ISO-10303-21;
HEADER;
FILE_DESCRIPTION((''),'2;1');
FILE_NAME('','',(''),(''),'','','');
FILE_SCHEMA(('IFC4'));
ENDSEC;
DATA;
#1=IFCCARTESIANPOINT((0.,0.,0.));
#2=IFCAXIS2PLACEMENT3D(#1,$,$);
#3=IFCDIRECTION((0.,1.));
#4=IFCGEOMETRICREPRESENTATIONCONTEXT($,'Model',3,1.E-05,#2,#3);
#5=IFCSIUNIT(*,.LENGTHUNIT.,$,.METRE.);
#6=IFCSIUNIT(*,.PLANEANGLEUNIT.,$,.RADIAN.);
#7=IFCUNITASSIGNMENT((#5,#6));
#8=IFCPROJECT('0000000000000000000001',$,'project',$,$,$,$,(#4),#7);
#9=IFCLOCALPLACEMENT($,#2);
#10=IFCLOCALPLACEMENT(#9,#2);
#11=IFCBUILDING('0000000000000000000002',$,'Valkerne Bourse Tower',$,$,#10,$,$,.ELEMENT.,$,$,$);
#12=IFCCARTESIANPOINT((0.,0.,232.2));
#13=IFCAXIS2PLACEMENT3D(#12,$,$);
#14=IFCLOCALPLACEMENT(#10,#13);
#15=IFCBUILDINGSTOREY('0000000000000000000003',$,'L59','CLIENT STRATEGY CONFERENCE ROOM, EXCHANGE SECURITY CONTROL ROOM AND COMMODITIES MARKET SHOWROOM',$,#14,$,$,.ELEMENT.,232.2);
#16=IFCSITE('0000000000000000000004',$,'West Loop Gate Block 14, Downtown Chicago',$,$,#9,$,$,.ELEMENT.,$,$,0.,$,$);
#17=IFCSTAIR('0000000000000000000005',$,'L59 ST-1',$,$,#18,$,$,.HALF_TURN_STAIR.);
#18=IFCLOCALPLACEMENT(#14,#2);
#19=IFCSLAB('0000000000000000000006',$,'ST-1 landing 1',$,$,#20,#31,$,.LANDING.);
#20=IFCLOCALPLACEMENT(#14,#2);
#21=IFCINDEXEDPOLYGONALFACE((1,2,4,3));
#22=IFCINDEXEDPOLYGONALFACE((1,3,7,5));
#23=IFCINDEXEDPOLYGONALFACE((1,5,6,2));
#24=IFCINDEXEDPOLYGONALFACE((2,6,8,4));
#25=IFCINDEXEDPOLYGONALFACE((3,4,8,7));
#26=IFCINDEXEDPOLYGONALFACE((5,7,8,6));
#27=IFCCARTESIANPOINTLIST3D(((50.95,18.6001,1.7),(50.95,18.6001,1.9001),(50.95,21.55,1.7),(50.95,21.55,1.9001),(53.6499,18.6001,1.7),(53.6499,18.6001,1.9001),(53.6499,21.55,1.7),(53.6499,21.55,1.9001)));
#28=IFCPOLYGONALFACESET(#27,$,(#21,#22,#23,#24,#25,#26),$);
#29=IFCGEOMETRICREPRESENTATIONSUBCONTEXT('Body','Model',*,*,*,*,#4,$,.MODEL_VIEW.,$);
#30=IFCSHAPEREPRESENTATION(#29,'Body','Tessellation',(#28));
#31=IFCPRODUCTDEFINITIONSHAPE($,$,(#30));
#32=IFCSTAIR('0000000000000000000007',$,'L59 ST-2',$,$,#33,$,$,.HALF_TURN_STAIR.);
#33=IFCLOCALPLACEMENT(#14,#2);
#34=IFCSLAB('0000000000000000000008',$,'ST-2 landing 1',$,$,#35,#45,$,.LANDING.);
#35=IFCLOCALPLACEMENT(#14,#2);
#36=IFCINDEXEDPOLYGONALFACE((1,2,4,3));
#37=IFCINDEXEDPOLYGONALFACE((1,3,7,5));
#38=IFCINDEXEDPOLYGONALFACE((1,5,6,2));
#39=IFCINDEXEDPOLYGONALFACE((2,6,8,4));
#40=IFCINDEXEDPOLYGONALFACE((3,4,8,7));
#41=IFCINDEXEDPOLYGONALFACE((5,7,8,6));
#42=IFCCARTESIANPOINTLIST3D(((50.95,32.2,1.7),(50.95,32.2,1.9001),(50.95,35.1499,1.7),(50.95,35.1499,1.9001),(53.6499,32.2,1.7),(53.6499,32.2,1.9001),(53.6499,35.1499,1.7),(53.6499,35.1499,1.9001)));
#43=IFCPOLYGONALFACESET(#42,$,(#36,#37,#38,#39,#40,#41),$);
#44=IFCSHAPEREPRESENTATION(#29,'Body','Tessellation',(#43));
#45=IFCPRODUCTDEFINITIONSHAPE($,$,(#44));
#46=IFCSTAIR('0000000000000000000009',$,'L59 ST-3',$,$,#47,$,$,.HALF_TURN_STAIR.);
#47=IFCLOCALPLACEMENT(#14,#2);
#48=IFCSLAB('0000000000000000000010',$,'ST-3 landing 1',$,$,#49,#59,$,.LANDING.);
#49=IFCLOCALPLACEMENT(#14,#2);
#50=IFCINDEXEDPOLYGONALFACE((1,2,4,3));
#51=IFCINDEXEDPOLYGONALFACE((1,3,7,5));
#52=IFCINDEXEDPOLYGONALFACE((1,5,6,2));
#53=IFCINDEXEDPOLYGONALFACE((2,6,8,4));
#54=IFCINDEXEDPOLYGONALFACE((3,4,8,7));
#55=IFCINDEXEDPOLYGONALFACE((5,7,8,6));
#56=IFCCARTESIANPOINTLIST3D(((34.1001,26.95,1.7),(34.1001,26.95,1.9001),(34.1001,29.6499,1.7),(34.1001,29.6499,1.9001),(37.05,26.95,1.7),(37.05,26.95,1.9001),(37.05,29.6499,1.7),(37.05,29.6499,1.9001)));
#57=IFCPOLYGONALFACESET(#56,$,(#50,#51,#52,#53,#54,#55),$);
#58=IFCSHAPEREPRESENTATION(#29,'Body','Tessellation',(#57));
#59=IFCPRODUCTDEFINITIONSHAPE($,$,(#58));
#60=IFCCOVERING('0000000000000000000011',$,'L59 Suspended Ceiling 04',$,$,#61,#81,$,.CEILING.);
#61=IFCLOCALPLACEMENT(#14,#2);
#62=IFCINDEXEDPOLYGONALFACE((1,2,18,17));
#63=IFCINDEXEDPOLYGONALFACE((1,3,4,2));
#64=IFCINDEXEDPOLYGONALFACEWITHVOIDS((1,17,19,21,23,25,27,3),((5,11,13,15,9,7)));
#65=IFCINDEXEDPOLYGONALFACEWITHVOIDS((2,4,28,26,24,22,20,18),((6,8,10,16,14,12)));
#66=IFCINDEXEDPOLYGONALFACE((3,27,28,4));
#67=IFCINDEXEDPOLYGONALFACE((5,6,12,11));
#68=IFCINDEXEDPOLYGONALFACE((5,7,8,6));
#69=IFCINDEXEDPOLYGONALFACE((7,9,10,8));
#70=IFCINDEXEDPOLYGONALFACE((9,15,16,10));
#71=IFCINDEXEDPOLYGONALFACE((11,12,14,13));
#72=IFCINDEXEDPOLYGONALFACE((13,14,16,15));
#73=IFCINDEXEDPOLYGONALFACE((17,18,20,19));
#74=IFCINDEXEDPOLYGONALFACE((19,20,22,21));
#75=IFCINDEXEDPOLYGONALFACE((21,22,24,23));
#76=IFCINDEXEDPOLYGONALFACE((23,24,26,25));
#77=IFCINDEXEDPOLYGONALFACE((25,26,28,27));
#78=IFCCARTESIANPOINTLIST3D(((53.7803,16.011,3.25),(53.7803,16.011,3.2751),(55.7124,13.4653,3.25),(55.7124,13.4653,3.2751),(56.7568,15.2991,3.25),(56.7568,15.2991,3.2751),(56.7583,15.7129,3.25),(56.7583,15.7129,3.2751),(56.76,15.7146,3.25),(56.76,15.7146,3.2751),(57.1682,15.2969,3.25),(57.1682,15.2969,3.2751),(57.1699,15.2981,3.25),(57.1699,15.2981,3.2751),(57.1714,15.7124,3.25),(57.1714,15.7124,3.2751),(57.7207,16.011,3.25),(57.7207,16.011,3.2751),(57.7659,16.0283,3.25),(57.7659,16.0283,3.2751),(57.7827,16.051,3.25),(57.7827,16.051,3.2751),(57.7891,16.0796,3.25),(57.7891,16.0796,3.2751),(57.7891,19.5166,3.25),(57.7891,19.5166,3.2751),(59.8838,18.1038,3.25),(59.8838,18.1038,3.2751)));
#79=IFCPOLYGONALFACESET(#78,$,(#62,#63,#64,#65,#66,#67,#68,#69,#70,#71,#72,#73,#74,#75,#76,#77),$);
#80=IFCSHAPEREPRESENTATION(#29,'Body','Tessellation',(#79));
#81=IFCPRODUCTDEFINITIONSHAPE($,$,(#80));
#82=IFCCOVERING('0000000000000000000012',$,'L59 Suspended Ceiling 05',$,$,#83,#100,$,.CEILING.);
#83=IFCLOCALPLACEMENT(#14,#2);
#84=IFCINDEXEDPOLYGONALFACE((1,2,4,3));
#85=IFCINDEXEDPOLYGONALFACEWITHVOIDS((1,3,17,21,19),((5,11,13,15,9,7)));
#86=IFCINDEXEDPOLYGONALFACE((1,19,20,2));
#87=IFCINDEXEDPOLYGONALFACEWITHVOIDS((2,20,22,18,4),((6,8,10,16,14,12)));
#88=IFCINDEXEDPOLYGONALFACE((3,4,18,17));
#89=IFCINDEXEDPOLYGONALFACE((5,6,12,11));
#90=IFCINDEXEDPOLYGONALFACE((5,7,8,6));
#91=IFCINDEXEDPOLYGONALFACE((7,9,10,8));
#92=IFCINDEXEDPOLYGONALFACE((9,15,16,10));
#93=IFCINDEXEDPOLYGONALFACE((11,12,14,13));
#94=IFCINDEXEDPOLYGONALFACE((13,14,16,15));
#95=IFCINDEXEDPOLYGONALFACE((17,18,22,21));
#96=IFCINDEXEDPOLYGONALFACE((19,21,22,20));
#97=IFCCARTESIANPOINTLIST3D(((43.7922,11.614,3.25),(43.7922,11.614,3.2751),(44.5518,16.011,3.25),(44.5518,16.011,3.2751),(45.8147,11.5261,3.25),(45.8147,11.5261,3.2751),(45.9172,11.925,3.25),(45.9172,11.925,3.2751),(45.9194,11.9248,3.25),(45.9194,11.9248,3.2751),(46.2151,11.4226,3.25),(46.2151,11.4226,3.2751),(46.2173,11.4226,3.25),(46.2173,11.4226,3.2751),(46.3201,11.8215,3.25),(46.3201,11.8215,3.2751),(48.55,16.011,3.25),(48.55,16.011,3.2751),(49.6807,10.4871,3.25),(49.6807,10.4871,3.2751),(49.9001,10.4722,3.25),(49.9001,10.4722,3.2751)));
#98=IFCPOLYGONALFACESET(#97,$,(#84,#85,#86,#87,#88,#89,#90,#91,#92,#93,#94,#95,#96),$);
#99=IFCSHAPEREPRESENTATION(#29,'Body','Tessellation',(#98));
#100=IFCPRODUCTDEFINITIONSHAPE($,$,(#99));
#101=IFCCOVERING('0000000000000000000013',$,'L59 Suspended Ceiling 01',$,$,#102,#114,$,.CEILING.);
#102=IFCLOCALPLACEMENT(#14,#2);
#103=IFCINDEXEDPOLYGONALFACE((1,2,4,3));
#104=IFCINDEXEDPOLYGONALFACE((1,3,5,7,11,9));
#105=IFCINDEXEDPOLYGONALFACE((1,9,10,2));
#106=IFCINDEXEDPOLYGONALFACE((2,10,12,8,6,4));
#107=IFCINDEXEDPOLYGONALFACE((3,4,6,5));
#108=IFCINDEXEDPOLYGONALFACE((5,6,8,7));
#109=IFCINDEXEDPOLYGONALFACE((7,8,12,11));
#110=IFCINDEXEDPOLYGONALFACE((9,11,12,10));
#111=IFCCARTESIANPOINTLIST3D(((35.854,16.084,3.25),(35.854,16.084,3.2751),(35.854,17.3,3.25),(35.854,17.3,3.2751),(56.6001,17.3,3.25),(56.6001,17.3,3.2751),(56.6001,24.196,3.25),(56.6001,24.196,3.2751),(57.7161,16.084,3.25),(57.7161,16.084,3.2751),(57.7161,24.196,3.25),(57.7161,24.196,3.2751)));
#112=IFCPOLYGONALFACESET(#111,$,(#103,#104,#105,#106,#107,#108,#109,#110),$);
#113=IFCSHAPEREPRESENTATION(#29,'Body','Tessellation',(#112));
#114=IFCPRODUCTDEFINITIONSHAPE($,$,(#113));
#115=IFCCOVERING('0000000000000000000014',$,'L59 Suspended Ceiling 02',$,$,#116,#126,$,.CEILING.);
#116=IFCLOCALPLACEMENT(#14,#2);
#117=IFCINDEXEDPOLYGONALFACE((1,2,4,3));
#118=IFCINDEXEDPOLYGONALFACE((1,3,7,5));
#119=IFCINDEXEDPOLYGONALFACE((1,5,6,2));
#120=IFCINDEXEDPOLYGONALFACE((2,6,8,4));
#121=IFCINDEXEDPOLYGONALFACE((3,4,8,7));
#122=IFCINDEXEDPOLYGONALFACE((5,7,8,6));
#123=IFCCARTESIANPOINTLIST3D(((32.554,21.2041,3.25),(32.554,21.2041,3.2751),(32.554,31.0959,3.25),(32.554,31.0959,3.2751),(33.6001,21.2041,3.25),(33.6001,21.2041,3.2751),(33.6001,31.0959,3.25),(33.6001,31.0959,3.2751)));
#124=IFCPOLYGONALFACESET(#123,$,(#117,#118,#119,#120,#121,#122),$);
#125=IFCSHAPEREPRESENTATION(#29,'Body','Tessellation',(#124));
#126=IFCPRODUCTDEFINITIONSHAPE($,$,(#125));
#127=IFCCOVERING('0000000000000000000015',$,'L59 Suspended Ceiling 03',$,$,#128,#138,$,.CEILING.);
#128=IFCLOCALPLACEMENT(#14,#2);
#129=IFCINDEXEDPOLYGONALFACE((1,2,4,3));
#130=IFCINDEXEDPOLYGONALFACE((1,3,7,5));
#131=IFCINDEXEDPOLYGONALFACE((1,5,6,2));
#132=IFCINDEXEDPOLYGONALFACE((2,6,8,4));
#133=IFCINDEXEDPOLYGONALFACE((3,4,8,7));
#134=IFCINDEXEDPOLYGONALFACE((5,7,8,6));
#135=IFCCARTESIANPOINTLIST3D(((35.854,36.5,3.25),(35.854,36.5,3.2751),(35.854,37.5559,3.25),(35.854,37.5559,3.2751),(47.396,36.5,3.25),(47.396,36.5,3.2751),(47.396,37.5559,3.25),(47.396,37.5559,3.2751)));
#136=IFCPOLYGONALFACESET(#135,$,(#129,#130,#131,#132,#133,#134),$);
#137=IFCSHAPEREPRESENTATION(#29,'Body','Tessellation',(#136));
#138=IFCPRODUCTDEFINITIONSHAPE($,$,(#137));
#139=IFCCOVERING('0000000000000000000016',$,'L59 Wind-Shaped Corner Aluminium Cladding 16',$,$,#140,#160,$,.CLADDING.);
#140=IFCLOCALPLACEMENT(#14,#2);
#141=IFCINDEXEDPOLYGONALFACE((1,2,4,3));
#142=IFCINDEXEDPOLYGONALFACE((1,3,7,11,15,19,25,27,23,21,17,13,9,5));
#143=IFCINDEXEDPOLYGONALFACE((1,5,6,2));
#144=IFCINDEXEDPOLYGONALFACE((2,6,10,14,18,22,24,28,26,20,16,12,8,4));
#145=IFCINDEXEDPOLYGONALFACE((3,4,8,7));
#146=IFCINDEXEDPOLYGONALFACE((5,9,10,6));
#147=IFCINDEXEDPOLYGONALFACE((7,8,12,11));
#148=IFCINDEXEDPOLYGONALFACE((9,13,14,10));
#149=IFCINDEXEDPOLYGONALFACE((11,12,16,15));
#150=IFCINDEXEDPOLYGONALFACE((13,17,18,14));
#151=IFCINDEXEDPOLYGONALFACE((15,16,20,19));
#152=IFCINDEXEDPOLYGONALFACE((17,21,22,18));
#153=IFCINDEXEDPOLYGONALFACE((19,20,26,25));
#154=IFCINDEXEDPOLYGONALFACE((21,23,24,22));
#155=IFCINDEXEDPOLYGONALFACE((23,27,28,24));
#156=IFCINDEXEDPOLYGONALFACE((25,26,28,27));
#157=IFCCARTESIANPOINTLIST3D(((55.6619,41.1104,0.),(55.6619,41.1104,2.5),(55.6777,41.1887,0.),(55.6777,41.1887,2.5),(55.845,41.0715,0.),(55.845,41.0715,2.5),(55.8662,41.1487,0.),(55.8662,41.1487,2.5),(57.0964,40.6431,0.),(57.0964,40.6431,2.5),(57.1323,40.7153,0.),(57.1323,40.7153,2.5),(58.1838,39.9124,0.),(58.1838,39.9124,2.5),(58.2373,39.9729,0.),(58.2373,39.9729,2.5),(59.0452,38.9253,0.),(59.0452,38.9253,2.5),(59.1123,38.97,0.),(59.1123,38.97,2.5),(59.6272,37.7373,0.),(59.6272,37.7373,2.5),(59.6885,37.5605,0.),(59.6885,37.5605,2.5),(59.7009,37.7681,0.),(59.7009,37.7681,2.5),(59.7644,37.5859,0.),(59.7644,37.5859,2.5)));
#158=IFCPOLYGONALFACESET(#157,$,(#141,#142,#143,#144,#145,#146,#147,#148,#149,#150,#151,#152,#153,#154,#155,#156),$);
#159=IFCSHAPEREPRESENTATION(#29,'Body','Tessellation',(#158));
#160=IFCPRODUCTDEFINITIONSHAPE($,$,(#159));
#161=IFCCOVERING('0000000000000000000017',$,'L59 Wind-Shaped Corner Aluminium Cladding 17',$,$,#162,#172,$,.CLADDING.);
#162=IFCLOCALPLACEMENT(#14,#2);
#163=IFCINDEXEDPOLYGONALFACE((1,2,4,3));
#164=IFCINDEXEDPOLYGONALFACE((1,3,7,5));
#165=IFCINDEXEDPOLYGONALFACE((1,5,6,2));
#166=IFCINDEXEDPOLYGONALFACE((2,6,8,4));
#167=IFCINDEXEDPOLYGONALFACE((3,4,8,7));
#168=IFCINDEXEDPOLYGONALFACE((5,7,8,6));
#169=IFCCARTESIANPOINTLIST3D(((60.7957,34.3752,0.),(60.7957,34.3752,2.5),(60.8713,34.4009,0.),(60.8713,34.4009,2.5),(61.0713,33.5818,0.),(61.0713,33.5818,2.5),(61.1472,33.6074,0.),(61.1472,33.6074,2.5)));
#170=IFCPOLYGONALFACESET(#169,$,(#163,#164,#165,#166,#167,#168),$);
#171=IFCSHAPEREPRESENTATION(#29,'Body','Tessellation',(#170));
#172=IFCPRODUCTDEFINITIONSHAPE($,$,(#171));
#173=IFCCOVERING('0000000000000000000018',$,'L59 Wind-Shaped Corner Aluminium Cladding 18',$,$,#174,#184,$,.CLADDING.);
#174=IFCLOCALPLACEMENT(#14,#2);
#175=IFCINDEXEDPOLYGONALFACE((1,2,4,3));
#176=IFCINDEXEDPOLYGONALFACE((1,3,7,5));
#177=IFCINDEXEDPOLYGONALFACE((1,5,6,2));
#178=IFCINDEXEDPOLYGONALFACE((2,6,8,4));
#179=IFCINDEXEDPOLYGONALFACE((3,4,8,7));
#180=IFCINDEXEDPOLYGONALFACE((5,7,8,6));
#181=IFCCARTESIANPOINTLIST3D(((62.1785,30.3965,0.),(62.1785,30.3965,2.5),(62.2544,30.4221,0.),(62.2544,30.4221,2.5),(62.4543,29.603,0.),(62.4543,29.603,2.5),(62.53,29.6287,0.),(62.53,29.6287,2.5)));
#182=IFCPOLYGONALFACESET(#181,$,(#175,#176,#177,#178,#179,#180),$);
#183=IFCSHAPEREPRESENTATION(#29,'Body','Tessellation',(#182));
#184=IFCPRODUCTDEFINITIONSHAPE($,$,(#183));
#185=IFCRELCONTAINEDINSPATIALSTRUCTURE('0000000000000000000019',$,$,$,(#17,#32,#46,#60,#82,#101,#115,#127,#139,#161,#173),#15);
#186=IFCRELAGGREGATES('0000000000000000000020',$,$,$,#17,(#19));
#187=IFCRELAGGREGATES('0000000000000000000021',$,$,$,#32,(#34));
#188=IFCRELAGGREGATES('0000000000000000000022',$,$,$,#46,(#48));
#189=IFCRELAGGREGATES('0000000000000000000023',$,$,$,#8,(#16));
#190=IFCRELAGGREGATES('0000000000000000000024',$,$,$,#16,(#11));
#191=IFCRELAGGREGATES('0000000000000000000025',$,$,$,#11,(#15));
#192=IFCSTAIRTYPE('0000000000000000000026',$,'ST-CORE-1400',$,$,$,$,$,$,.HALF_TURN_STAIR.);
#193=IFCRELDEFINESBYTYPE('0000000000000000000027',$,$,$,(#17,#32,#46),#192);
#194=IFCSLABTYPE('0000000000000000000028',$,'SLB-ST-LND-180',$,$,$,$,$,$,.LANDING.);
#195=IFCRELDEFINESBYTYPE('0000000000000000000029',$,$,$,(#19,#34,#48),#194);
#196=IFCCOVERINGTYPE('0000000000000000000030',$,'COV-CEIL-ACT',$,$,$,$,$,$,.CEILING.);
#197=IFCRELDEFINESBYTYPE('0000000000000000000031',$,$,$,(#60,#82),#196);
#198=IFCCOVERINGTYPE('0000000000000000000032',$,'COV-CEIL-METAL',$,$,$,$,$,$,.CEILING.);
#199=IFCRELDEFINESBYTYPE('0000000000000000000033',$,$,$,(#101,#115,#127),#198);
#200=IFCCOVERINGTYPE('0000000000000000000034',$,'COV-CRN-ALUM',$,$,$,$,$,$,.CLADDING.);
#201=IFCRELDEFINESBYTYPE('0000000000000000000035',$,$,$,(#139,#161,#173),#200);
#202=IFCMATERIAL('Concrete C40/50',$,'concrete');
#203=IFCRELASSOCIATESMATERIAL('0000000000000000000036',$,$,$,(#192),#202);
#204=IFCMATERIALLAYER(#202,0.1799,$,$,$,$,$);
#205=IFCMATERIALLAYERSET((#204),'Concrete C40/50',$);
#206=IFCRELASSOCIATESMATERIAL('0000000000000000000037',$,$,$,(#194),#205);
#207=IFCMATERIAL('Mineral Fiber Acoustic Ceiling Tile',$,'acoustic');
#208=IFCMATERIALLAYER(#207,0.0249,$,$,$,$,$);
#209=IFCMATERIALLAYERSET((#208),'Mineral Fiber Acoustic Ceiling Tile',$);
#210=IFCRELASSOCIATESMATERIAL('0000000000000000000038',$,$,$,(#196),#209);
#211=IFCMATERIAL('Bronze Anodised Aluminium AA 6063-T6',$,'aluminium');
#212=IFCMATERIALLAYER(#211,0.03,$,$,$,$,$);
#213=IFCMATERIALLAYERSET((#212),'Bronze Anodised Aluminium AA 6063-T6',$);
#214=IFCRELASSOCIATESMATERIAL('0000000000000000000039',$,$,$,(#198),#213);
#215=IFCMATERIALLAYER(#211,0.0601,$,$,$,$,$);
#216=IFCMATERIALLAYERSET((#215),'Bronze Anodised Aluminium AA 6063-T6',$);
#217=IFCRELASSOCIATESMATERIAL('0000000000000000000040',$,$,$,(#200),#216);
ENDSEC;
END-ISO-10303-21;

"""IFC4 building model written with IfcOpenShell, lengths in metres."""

from ifc_helpers import new_model, si_unit, direction, frame, origin, place, context, subcontext, project, spatial, polyline, outline, extrude, material, layer, layer_set, type_object, element, aggregate, save


model = new_model("IFC4")

# Units and contexts
model_context = context("Model", 3, precision=1e-05, world=origin(), true_north=direction((0.0, 1.0)))
body_context = subcontext(model_context, "Body", "Model", "MODEL_VIEW")
ifc_project = project(units=[si_unit("LENGTHUNIT", "METRE"), si_unit("PLANEANGLEUNIT", "RADIAN")], contexts=[model_context])

# Site, building, storey
site_placement = place(None, origin())
site = spatial("IfcSite", under=ifc_project, at=site_placement, Name="West Loop Gate Block 14, Downtown Chicago", CompositionType="ELEMENT", RefElevation=0.0)
building_placement = place(site_placement, origin())
building = spatial("IfcBuilding", under=site, at=building_placement, Name="Valkerne Bourse Tower", CompositionType="ELEMENT")
storey_placement = place(building_placement, frame((0.0, 0.0, 232.2)))
storey = spatial("IfcBuildingStorey", under=building, at=storey_placement, Name="L59", Description="CLIENT STRATEGY CONFERENCE ROOM, EXCHANGE SECURITY CONTROL ROOM AND COMMODITIES MARKET SHOWROOM", CompositionType="ELEMENT", Elevation=232.2)

# Stairs, slabs
ifc_material_1 = material(Name="Concrete C40/50", Category="concrete")
stair_type = type_object("IfcStairType", Name="ST-CORE-1400", PredefinedType="HALF_TURN_STAIR", material=ifc_material_1)
stair_1_placement = place(storey_placement, origin())
stair_1 = element("IfcStair", 1, at=stair_1_placement, inside=storey, type_object=stair_type, Name="L59 ST-1", PredefinedType="HALF_TURN_STAIR")
ifc_layer_1 = layer(ifc_material_1, 0.1799)
ifc_layer_set_1 = layer_set([ifc_layer_1], Name="Concrete C40/50")
slab_type = type_object("IfcSlabType", Name="SLB-ST-LND-180", PredefinedType="LANDING", material=ifc_layer_set_1)
slab_1_placement = place(storey_placement, frame((0.0, 0.0, 1.7)))
slab_1 = element("IfcSlab", 2, at=slab_1_placement, type_object=slab_type, Name="ST-1 landing 1", PredefinedType="LANDING", context=body_context, shape_type="SweptSolid", body=[
    extrude(outline(polyline([(50.95, 18.6001), (53.6499, 18.6001), (53.6499, 21.55), (50.95, 21.55), (50.95, 18.6001)])), origin(), (0.0, 0.0, 1.0), 0.2002),
])
aggregate(stair_1, [slab_1])
stair_2_placement = place(storey_placement, origin())
stair_2 = element("IfcStair", 3, at=stair_2_placement, inside=storey, type_object=stair_type, Name="L59 ST-2", PredefinedType="HALF_TURN_STAIR")
slab_2_placement = place(storey_placement, frame((0.0, 0.0, 1.7)))
slab_2 = element("IfcSlab", 4, at=slab_2_placement, type_object=slab_type, Name="ST-2 landing 1", PredefinedType="LANDING", context=body_context, shape_type="SweptSolid", body=[
    extrude(outline(polyline([(50.95, 32.2), (53.6499, 32.2), (53.6499, 35.1499), (50.95, 35.1499), (50.95, 32.2)])), origin(), (0.0, 0.0, 1.0), 0.2002),
])
aggregate(stair_2, [slab_2])
stair_3_placement = place(storey_placement, origin())
stair_3 = element("IfcStair", 5, at=stair_3_placement, inside=storey, type_object=stair_type, Name="L59 ST-3", PredefinedType="HALF_TURN_STAIR")
slab_3_placement = place(storey_placement, frame((0.0, 0.0, 1.7)))
slab_3 = element("IfcSlab", 6, at=slab_3_placement, type_object=slab_type, Name="ST-3 landing 1", PredefinedType="LANDING", context=body_context, shape_type="SweptSolid", body=[
    extrude(outline(polyline([(37.05, 26.95), (37.05, 29.6499), (34.1001, 29.6499), (34.1001, 26.95), (37.05, 26.95)])), origin(), (0.0, 0.0, 1.0), 0.2002),
])
aggregate(stair_3, [slab_3])

# Coverings
ifc_material_2 = material(Name="Mineral Fiber Acoustic Ceiling Tile", Category="acoustic")
ifc_layer_2 = layer(ifc_material_2, 0.0249)
ifc_layer_set_2 = layer_set([ifc_layer_2], Name="Mineral Fiber Acoustic Ceiling Tile")
covering_type_1 = type_object("IfcCoveringType", Name="COV-CEIL-ACT", PredefinedType="CEILING", material=ifc_layer_set_2)
covering_1_placement = place(storey_placement, frame((0.0, 0.0, 3.25)))
element("IfcCovering", 7, at=covering_1_placement, inside=storey, type_object=covering_type_1, Name="L59 Suspended Ceiling 04", PredefinedType="CEILING", context=body_context, shape_type="SweptSolid", body=[
    extrude(outline(polyline([(57.7207, 16.011), (57.7659, 16.0283), (57.7827, 16.051), (57.7891, 16.0796), (57.7891, 19.5166), (59.8838, 18.1038), (55.7124, 13.4653), (53.7803, 16.011), (57.7207, 16.011)]), holes=[polyline([(57.1714, 15.7124), (56.76, 15.7146), (56.7583, 15.7129), (56.7568, 15.2991), (57.1682, 15.2969), (57.1699, 15.2981), (57.1714, 15.7124)])]), origin(), (0.0, 0.0, 1.0), 0.0251),
])
covering_2_placement = place(storey_placement, frame((0.0, 0.0, 3.25)))
element("IfcCovering", 8, at=covering_2_placement, inside=storey, type_object=covering_type_1, Name="L59 Suspended Ceiling 05", PredefinedType="CEILING", context=body_context, shape_type="SweptSolid", body=[
    extrude(outline(polyline([(44.5518, 16.011), (48.55, 16.011), (49.9001, 10.4722), (49.6807, 10.4871), (43.7922, 11.614), (44.5518, 16.011)]), holes=[polyline([(45.9194, 11.9248), (45.9172, 11.925), (45.8147, 11.5261), (46.2151, 11.4226), (46.2173, 11.4226), (46.3201, 11.8215), (45.9194, 11.9248)])]), origin(), (0.0, 0.0, 1.0), 0.0251),
])
ifc_material_3 = material(Name="Bronze Anodised Aluminium AA 6063-T6", Category="aluminium")
ifc_layer_3 = layer(ifc_material_3, 0.03)
ifc_layer_set_3 = layer_set([ifc_layer_3], Name="Bronze Anodised Aluminium AA 6063-T6")
covering_type_2 = type_object("IfcCoveringType", Name="COV-CEIL-METAL", PredefinedType="CEILING", material=ifc_layer_set_3)
covering_3_placement = place(storey_placement, frame((0.0, 0.0, 3.25)))
element("IfcCovering", 9, at=covering_3_placement, inside=storey, type_object=covering_type_2, Name="L59 Suspended Ceiling 01", PredefinedType="CEILING", context=body_context, shape_type="SweptSolid", body=[
    extrude(outline(polyline([(35.854, 17.3), (56.6001, 17.3), (56.6001, 24.196), (57.7161, 24.196), (57.7161, 16.084), (35.854, 16.084), (35.854, 17.3)])), origin(), (0.0, 0.0, 1.0), 0.0251),
])
covering_4_placement = place(storey_placement, frame((0.0, 0.0, 3.25)))
element("IfcCovering", 10, at=covering_4_placement, inside=storey, type_object=covering_type_2, Name="L59 Suspended Ceiling 02", PredefinedType="CEILING", context=body_context, shape_type="SweptSolid", body=[
    extrude(outline(polyline([(32.554, 21.2041), (32.554, 31.0959), (33.6001, 31.0959), (33.6001, 21.2041), (32.554, 21.2041)])), origin(), (0.0, 0.0, 1.0), 0.0251),
])
covering_5_placement = place(storey_placement, frame((0.0, 0.0, 3.25)))
element("IfcCovering", 11, at=covering_5_placement, inside=storey, type_object=covering_type_2, Name="L59 Suspended Ceiling 03", PredefinedType="CEILING", context=body_context, shape_type="SweptSolid", body=[
    extrude(outline(polyline([(35.854, 37.5559), (47.396, 37.5559), (47.396, 36.5), (35.854, 36.5), (35.854, 37.5559)])), origin(), (0.0, 0.0, 1.0), 0.0251),
])
ifc_layer_4 = layer(ifc_material_3, 0.0601)
ifc_layer_set_4 = layer_set([ifc_layer_4], Name="Bronze Anodised Aluminium AA 6063-T6")
covering_type_3 = type_object("IfcCoveringType", Name="COV-CRN-ALUM", PredefinedType="CLADDING", material=ifc_layer_set_4)
covering_6_placement = place(storey_placement, origin())
element("IfcCovering", 12, at=covering_6_placement, inside=storey, type_object=covering_type_3, Name="L59 Wind-Shaped Corner Aluminium Cladding 16", PredefinedType="CLADDING", context=body_context, shape_type="SweptSolid", body=[
    extrude(outline(polyline([(55.8662, 41.1487), (57.1323, 40.7153), (58.2373, 39.9729), (59.1123, 38.97), (59.7009, 37.7681), (59.7644, 37.5859), (59.6885, 37.5605), (59.6272, 37.7373), (59.0452, 38.9253), (58.1838, 39.9124), (57.0964, 40.6431), (55.845, 41.0715), (55.6619, 41.1104), (55.6777, 41.1887), (55.8662, 41.1487)])), origin(), (0.0, 0.0, 1.0), 2.5),
])
covering_7_placement = place(storey_placement, origin())
element("IfcCovering", 13, at=covering_7_placement, inside=storey, type_object=covering_type_3, Name="L59 Wind-Shaped Corner Aluminium Cladding 17", PredefinedType="CLADDING", context=body_context, shape_type="SweptSolid", body=[
    extrude(outline(polyline([(61.1472, 33.6074), (61.0713, 33.5818), (60.7957, 34.3752), (60.8713, 34.4009), (61.1472, 33.6074)])), origin(), (0.0, 0.0, 1.0), 2.5),
])
covering_8_placement = place(storey_placement, origin())
element("IfcCovering", 14, at=covering_8_placement, inside=storey, type_object=covering_type_3, Name="L59 Wind-Shaped Corner Aluminium Cladding 18", PredefinedType="CLADDING", context=body_context, shape_type="SweptSolid", body=[
    extrude(outline(polyline([(62.53, 29.6287), (62.4543, 29.603), (62.1785, 30.3965), (62.2544, 30.4221), (62.53, 29.6287)])), origin(), (0.0, 0.0, 1.0), 2.5),
])

save(model, "model.ifc")
